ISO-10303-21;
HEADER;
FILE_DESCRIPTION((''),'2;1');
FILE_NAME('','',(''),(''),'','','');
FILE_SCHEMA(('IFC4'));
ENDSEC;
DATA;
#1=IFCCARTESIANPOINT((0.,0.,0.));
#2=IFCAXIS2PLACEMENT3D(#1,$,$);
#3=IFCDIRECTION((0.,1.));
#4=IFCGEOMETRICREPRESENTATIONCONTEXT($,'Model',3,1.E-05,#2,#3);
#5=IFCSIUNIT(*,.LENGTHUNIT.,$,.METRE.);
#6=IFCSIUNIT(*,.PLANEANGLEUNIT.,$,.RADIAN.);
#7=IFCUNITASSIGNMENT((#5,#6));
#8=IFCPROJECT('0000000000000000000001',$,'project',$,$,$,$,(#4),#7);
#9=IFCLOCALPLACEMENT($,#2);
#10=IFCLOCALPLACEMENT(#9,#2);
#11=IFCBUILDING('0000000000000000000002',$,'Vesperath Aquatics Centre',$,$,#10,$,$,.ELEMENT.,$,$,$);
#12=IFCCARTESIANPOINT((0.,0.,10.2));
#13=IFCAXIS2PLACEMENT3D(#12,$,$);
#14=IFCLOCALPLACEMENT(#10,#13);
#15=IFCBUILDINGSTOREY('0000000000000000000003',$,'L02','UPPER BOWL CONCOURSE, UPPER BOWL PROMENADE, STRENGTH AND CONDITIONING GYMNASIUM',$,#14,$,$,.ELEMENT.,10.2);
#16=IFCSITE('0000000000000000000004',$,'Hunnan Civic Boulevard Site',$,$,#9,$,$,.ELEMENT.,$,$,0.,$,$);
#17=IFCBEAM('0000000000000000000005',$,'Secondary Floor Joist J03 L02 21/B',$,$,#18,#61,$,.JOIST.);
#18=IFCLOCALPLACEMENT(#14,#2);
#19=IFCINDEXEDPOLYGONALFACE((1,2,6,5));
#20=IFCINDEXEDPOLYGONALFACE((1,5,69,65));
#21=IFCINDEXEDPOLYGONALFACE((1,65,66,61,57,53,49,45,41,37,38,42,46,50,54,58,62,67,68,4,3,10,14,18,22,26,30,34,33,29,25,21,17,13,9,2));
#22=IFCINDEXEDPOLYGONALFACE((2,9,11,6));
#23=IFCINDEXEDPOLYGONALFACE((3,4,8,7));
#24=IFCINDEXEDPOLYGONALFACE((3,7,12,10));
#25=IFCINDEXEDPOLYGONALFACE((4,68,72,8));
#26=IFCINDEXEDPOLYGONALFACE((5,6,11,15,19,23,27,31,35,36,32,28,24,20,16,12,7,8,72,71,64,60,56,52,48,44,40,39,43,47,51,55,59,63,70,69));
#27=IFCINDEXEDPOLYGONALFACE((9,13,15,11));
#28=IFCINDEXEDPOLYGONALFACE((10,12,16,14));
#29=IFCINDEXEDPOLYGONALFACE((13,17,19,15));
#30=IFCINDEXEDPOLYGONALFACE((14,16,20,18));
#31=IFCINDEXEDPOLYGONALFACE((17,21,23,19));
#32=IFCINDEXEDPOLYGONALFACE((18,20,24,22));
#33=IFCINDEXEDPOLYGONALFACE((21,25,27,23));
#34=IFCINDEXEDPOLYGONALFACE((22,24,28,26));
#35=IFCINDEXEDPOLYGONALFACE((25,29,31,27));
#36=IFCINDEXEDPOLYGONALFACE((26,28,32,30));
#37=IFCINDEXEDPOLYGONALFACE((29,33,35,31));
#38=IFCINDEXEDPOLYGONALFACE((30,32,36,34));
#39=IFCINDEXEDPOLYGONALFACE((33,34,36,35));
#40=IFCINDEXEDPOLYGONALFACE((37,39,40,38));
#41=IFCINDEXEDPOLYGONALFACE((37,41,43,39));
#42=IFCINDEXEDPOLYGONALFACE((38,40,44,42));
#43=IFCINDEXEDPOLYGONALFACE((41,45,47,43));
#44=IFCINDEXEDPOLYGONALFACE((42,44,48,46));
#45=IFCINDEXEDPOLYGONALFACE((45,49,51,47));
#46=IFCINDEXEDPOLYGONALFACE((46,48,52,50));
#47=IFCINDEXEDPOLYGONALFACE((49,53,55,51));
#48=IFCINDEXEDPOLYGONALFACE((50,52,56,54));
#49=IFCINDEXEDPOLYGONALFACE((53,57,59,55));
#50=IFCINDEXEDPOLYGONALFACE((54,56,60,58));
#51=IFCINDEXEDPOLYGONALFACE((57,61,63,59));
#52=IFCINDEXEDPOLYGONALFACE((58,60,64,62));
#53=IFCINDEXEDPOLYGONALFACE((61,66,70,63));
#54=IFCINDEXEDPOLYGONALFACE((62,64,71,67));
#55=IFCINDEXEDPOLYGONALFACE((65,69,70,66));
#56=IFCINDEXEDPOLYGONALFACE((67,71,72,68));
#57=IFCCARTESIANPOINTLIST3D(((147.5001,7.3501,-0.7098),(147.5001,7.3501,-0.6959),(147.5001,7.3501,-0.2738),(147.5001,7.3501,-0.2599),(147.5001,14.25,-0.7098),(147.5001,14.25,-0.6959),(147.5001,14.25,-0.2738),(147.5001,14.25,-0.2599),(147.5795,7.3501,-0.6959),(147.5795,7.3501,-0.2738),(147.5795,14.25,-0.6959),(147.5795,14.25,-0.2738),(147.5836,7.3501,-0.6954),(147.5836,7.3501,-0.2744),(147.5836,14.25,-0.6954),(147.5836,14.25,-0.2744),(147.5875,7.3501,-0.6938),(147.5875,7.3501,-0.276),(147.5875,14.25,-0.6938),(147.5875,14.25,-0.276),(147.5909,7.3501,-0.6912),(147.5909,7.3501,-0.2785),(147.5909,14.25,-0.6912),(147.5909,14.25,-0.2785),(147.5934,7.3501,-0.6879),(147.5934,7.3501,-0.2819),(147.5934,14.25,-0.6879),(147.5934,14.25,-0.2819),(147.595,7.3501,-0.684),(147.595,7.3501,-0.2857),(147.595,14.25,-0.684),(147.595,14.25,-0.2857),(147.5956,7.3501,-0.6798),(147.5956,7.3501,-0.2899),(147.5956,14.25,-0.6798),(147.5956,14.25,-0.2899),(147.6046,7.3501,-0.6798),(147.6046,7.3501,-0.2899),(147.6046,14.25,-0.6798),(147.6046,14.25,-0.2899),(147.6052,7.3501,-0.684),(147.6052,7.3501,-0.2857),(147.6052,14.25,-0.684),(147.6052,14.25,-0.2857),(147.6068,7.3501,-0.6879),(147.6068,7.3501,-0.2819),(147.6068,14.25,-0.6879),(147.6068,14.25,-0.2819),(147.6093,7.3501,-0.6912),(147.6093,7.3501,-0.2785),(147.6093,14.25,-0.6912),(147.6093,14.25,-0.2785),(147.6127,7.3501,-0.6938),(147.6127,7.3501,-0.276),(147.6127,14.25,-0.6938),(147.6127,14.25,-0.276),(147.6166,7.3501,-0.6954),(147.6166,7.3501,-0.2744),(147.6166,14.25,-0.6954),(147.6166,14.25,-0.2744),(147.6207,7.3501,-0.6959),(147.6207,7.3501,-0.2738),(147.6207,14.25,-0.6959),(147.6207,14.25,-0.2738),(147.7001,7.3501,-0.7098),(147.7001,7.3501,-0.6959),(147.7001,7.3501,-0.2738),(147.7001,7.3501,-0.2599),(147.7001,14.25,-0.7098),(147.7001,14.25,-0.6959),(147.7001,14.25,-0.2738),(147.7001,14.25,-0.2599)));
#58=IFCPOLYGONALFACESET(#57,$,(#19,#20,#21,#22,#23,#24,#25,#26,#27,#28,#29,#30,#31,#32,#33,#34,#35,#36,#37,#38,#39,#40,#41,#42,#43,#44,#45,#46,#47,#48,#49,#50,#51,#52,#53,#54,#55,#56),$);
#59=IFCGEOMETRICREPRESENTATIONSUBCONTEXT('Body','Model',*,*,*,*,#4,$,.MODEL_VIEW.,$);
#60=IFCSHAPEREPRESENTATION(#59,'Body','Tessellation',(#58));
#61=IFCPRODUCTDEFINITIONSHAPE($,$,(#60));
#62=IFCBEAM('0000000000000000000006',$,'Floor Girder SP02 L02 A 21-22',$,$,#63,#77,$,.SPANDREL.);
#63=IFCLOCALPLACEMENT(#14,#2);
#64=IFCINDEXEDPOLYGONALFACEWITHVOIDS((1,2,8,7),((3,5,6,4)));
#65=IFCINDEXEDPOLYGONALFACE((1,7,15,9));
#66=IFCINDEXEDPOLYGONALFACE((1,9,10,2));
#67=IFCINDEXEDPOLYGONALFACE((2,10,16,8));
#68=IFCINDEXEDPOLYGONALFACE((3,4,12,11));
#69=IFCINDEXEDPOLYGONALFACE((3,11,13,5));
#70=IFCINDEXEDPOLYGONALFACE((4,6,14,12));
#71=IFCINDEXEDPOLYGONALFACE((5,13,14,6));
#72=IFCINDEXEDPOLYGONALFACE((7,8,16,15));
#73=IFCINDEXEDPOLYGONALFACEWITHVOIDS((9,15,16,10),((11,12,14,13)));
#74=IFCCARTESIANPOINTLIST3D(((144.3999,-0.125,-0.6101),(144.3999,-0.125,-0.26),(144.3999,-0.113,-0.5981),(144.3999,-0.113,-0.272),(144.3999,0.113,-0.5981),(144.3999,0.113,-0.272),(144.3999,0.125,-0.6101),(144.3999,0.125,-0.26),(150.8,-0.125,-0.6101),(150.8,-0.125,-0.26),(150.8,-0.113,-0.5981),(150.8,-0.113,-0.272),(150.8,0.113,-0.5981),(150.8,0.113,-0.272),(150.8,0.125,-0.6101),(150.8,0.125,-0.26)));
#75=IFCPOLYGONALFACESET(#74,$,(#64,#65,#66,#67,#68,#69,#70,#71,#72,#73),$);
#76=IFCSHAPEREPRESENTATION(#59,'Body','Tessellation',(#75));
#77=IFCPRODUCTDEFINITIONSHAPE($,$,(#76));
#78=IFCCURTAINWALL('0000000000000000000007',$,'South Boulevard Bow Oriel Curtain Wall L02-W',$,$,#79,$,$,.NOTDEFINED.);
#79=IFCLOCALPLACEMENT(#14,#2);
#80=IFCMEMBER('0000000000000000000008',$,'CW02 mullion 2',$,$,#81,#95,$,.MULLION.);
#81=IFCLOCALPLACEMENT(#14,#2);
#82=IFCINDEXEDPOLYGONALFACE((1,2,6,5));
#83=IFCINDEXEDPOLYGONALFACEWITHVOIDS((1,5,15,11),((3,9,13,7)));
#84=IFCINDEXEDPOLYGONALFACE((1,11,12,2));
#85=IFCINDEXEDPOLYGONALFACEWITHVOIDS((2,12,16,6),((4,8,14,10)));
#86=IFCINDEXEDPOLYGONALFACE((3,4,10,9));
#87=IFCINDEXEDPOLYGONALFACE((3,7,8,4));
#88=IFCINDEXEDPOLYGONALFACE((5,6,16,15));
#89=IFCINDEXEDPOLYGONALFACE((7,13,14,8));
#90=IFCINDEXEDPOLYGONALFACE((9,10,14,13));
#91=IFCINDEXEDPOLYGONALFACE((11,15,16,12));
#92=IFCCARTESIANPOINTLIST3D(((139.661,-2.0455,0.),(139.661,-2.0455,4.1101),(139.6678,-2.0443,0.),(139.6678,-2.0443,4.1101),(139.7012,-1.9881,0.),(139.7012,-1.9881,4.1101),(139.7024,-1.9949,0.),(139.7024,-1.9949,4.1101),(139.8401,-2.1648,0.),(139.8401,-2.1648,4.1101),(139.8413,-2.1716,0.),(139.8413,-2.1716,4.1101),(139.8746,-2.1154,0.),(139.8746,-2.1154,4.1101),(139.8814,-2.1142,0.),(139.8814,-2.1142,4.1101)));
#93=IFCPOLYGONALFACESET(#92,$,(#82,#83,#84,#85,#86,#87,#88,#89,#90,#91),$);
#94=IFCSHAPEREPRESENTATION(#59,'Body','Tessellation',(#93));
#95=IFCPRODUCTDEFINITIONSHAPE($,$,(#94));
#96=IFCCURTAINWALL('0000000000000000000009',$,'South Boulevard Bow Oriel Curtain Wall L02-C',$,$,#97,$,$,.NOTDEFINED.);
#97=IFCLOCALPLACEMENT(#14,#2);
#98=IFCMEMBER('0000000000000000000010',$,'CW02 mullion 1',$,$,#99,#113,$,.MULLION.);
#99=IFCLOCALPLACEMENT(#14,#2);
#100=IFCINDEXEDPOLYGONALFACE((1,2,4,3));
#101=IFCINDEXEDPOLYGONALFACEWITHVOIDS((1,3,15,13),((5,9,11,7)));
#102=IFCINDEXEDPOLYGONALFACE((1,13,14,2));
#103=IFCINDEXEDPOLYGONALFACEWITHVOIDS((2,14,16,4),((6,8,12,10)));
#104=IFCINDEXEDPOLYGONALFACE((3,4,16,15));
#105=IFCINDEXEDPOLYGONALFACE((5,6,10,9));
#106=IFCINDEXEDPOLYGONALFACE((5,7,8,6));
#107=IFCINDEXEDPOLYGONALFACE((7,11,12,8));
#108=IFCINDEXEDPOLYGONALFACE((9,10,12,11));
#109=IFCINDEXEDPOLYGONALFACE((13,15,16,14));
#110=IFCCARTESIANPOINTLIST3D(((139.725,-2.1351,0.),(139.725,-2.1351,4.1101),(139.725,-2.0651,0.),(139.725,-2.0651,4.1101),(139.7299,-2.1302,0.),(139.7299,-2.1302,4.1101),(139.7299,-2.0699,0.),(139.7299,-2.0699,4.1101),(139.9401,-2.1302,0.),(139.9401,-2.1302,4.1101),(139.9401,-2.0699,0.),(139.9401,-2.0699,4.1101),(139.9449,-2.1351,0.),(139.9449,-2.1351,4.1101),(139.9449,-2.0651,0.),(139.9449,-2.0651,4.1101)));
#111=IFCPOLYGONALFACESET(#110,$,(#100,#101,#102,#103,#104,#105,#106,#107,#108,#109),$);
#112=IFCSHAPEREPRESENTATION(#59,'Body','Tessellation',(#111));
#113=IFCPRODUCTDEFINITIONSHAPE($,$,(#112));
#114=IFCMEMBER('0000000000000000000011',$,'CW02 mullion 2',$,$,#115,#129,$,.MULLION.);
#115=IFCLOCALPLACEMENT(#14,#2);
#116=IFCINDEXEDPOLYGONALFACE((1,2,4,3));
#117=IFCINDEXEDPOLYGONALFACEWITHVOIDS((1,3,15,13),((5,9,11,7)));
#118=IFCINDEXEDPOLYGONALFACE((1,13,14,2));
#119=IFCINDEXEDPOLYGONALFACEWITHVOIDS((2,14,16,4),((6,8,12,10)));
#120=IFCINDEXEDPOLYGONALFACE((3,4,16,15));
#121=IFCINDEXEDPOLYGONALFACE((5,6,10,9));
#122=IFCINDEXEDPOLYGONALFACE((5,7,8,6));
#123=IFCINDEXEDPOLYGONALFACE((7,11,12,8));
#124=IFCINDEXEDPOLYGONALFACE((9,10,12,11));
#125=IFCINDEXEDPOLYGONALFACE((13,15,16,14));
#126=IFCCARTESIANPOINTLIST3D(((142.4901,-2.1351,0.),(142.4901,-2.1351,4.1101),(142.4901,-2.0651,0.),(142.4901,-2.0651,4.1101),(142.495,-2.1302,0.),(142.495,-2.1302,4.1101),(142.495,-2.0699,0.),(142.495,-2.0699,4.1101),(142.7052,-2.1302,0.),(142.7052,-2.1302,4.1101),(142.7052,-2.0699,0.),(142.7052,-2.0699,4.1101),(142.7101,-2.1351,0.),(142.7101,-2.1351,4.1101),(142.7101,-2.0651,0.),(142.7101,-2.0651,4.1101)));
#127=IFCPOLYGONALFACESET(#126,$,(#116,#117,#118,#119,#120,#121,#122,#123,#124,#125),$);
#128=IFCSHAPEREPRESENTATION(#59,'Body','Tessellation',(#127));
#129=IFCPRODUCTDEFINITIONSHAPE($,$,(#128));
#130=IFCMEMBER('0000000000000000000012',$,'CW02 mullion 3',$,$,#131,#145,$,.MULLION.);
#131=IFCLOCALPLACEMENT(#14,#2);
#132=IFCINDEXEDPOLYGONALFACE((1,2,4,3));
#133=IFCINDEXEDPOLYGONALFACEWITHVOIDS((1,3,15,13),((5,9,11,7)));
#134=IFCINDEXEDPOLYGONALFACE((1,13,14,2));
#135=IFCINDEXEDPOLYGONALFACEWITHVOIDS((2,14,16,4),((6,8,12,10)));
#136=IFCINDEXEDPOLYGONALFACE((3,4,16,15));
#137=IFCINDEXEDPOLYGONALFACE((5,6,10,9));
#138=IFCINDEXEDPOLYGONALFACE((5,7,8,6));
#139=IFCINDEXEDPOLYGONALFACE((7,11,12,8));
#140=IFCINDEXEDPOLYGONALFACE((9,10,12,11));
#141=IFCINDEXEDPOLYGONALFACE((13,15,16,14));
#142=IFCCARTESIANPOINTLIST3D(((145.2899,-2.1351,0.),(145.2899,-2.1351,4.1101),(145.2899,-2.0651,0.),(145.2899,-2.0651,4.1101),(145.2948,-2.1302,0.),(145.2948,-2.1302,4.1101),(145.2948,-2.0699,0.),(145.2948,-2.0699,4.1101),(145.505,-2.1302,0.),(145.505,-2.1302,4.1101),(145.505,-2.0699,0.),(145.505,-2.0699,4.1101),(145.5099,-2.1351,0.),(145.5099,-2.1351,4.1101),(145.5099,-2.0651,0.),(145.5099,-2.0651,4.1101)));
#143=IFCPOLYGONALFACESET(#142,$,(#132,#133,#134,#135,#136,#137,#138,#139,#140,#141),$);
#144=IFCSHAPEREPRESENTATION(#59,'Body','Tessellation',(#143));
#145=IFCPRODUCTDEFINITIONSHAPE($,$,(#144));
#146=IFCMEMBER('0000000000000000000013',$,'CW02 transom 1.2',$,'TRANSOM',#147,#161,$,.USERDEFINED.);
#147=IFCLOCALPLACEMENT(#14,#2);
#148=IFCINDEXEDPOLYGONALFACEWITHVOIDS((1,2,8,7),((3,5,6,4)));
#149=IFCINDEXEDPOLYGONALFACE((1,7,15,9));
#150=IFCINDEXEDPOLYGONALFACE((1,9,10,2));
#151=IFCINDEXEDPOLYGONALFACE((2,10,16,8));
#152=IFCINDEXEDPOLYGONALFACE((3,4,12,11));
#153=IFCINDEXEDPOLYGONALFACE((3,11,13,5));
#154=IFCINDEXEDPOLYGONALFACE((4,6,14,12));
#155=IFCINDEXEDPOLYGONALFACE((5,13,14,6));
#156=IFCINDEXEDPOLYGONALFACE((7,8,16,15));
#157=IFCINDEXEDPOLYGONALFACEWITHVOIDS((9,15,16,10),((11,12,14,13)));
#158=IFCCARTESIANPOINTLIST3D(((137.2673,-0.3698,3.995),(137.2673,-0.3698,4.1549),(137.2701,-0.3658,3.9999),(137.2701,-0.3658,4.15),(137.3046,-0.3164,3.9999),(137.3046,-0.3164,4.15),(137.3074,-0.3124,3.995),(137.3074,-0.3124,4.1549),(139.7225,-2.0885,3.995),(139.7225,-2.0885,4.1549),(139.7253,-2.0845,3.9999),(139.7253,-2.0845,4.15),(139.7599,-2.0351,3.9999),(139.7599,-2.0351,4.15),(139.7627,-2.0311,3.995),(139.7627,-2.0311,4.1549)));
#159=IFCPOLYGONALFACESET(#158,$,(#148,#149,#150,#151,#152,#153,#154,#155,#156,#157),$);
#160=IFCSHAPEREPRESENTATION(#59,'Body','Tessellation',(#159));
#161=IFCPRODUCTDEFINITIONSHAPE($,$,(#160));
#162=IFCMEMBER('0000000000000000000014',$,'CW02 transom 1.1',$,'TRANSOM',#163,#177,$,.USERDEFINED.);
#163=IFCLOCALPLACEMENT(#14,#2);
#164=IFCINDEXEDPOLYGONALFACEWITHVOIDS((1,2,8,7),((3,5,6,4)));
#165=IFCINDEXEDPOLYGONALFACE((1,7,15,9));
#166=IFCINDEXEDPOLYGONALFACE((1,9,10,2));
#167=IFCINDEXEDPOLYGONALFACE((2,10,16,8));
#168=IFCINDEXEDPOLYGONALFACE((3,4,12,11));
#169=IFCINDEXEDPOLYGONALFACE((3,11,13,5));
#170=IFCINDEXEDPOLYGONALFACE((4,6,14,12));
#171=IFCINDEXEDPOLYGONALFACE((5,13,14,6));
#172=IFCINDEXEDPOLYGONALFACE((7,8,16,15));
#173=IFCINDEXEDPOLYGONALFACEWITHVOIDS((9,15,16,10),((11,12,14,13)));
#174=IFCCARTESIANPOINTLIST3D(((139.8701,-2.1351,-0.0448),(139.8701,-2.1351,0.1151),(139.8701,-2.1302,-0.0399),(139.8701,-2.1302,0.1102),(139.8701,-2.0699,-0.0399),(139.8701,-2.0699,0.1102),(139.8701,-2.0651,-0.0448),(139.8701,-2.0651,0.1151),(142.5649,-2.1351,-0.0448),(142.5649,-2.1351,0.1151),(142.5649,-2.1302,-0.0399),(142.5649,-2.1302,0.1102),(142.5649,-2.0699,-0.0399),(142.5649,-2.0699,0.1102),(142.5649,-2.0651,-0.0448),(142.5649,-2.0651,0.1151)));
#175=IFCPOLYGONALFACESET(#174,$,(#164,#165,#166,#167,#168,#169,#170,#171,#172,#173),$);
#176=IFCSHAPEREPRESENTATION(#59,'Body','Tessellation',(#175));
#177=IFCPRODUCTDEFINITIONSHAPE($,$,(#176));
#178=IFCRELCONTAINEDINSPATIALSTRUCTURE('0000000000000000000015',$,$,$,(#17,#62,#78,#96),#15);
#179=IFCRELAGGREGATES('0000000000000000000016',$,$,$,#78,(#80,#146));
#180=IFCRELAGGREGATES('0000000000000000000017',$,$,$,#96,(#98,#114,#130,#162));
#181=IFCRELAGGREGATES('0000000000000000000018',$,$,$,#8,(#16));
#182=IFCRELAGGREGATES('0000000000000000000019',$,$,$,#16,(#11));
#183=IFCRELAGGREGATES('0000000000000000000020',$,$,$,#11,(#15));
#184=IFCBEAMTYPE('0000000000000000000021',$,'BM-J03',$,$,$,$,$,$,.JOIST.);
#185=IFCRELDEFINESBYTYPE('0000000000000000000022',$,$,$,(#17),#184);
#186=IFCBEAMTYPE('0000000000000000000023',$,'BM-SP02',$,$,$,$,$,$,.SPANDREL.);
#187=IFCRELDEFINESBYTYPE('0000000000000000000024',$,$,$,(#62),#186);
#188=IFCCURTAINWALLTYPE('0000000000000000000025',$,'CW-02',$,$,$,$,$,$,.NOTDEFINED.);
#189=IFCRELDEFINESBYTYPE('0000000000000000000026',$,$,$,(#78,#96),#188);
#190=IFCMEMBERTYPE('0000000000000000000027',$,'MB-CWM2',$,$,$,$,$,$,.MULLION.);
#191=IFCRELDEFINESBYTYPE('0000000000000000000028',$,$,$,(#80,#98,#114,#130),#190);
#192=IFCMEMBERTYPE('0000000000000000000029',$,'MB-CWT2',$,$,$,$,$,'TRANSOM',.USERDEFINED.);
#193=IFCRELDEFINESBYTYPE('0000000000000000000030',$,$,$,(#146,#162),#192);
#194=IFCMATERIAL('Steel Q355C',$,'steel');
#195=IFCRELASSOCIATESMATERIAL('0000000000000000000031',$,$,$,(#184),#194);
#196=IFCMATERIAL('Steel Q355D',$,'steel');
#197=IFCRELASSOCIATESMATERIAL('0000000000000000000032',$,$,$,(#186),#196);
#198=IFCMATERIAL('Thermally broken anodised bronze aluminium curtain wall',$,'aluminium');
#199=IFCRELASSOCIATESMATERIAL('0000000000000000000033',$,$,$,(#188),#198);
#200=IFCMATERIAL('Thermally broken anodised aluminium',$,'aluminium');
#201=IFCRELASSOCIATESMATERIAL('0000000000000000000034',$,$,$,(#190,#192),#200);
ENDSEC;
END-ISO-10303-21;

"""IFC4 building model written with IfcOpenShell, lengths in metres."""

from ifc_helpers import new_model, si_unit, direction, frame, origin, origin_2d, place, context, subcontext, project, spatial, hollow_rectangle, i_section, extrude, material, material_profile, profile_set, type_object, element, aggregate, save


model = new_model("IFC4")

# Units and contexts
model_context = context("Model", 3, precision=1e-05, world=origin(), true_north=direction((0.0, 1.0)))
body_context = subcontext(model_context, "Body", "Model", "MODEL_VIEW")
ifc_project = project(units=[si_unit("LENGTHUNIT", "METRE"), si_unit("PLANEANGLEUNIT", "RADIAN")], contexts=[model_context])

# Site, building, storey
site_placement = place(None, origin())
site = spatial("IfcSite", under=ifc_project, at=site_placement, Name="Hunnan Civic Boulevard Site", CompositionType="ELEMENT", RefElevation=0.0)
building_placement = place(site_placement, origin())
building = spatial("IfcBuilding", under=site, at=building_placement, Name="Vesperath Aquatics Centre", CompositionType="ELEMENT")
storey_placement = place(building_placement, frame((0.0, 0.0, 10.2)))
storey = spatial("IfcBuildingStorey", under=building, at=storey_placement, Name="L02", Description="UPPER BOWL CONCOURSE, UPPER BOWL PROMENADE, STRENGTH AND CONDITIONING GYMNASIUM", CompositionType="ELEMENT", Elevation=10.2)

# Shared definitions
ifc_material_1 = material(Name="Steel Q355D", Category="steel")

# Beams
ifc_material_2 = material(Name="Steel Q355C", Category="steel")
ifc_material_profile_1 = material_profile(ifc_material_2, i_section(OverallWidth=0.2, OverallDepth=0.45, WebThickness=0.009, FlangeThickness=0.0139, FilletRadius=0.0161, at=origin_2d()), Name="HN 450x200x9x14")
ifc_profile_set_1 = profile_set([ifc_material_profile_1], Name="Steel Q355C")
beam_type_1 = type_object("IfcBeamType", Name="BM-J03", PredefinedType="JOIST", material=ifc_profile_set_1)
for number, where, z_axis, x_axis, name in (
    (1, (147.6001, 7.3501, -0.4849), (0.0, 1.0, 0.0), (-1.0, 0.0, 0.0), "Secondary Floor Joist J03 L02 21/B"),
):
    element("IfcBeam", number, at=place(storey_placement, frame(where, z_axis=z_axis, x_axis=x_axis)), inside=storey, type_object=beam_type_1, Name=name, PredefinedType="JOIST", context=body_context, shape_type="SweptSolid", body=[
        extrude(i_section(OverallWidth=0.2, OverallDepth=0.45, WebThickness=0.009, FlangeThickness=0.0139, FilletRadius=0.0161, at=origin_2d()), origin(), (0.0, 0.0, 1.0), 6.8999),
    ])
ifc_material_profile_2 = material_profile(ifc_material_1, hollow_rectangle(XDim=0.25, YDim=0.3501, WallThickness=0.012, at=origin_2d()), Name="RHS 350x250x12")
ifc_profile_set_2 = profile_set([ifc_material_profile_2], Name="Steel Q355D")
beam_type_2 = type_object("IfcBeamType", Name="BM-SP02", PredefinedType="SPANDREL", material=ifc_profile_set_2)
beam_1_placement = place(storey_placement, frame((144.3999, 0.0, -0.4351), z_axis=(1.0, 0.0, 0.0), x_axis=(0.0, 1.0, 0.0)))
element("IfcBeam", 2, at=beam_1_placement, inside=storey, type_object=beam_type_2, Name="Floor Girder SP02 L02 A 21-22", PredefinedType="SPANDREL", context=body_context, shape_type="SweptSolid", body=[
    extrude(hollow_rectangle(XDim=0.25, YDim=0.3501, WallThickness=0.012, at=origin_2d()), origin(), (0.0, 0.0, 1.0), 6.4001),
])

# Curtain wall, member
ifc_material_3 = material(Name="Thermally broken anodised bronze aluminium curtain wall", Category="aluminium")
curtain_wall_type = type_object("IfcCurtainWallType", Name="CW-02", PredefinedType="NOTDEFINED", material=ifc_material_3)
curtain_wall_1_placement = place(storey_placement, origin())
curtain_wall_1 = element("IfcCurtainWall", 3, at=curtain_wall_1_placement, inside=storey, type_object=curtain_wall_type, Name="South Boulevard Bow Oriel Curtain Wall L02-W", PredefinedType="NOTDEFINED")
ifc_material_4 = material(Name="Thermally broken anodised aluminium", Category="aluminium")
ifc_material_profile_3 = material_profile(ifc_material_4, hollow_rectangle(XDim=0.0701, YDim=0.22, WallThickness=0.0049, at=origin_2d()), Name="CWM 70x220x5")
ifc_profile_set_3 = profile_set([ifc_material_profile_3], Name="Thermally broken anodised aluminium")
member_type_1 = type_object("IfcMemberType", Name="MB-CWM2", PredefinedType="MULLION", material=ifc_profile_set_3)
member_1_placement = place(storey_placement, frame((139.7712, -2.0798, 0.0), z_axis=(0.0, 0.0, 1.0), x_axis=(0.573462, 0.819232, 0.0)))
member_1 = element("IfcMember", 4, at=member_1_placement, type_object=member_type_1, Name="CW02 mullion 2", PredefinedType="MULLION", context=body_context, shape_type="SweptSolid", body=[
    extrude(hollow_rectangle(XDim=0.0701, YDim=0.22, WallThickness=0.0049, at=origin_2d()), origin(), (0.0, 0.0, 1.0), 4.1101),
])

# Curtain wall, members
curtain_wall_2_placement = place(storey_placement, origin())
curtain_wall_2 = element("IfcCurtainWall", 5, at=curtain_wall_2_placement, inside=storey, type_object=curtain_wall_type, Name="South Boulevard Bow Oriel Curtain Wall L02-C", PredefinedType="NOTDEFINED")
member_2_placement = place(storey_placement, frame((139.835, -2.1001, 0.0), z_axis=(0.0, 0.0, 1.0), x_axis=(0.0, 1.0, 0.0)))
member_2 = element("IfcMember", 6, at=member_2_placement, type_object=member_type_1, Name="CW02 mullion 1", PredefinedType="MULLION", context=body_context, shape_type="SweptSolid", body=[
    extrude(hollow_rectangle(XDim=0.0701, YDim=0.22, WallThickness=0.0049, at=origin_2d()), origin(), (0.0, 0.0, 1.0), 4.1101),
])
member_3_placement = place(storey_placement, frame((142.6001, -2.1001, 0.0), z_axis=(0.0, 0.0, 1.0), x_axis=(0.0, 1.0, 0.0)))
member_3 = element("IfcMember", 7, at=member_3_placement, type_object=member_type_1, Name="CW02 mullion 2", PredefinedType="MULLION", context=body_context, shape_type="SweptSolid", body=[
    extrude(hollow_rectangle(XDim=0.0701, YDim=0.22, WallThickness=0.0049, at=origin_2d()), origin(), (0.0, 0.0, 1.0), 4.1101),
])
member_4_placement = place(storey_placement, frame((145.3999, -2.1001, 0.0), z_axis=(0.0, 0.0, 1.0), x_axis=(0.0, 1.0, 0.0)))
member_4 = element("IfcMember", 8, at=member_4_placement, type_object=member_type_1, Name="CW02 mullion 3", PredefinedType="MULLION", context=body_context, shape_type="SweptSolid", body=[
    extrude(hollow_rectangle(XDim=0.0701, YDim=0.22, WallThickness=0.0049, at=origin_2d()), origin(), (0.0, 0.0, 1.0), 4.1101),
])

# Members
ifc_material_profile_4 = material_profile(ifc_material_4, hollow_rectangle(XDim=0.0701, YDim=0.1599, WallThickness=0.0049, at=origin_2d()), Name="CWT 70x160x5")
ifc_profile_set_4 = profile_set([ifc_material_profile_4], Name="Thermally broken anodised aluminium")
member_type_2 = type_object("IfcMemberType", Name="MB-CWT2", ElementType="TRANSOM", PredefinedType="USERDEFINED", material=ifc_profile_set_4)
member_5_placement = place(storey_placement, frame((137.2874, -0.3411, 4.075), z_axis=(0.819228, -0.573468, 0.0), x_axis=(0.573468, 0.819228, 0.0)))
member_5 = element("IfcMember", 9, at=member_5_placement, type_object=member_type_2, Name="CW02 transom 1.2", ObjectType="TRANSOM", PredefinedType="USERDEFINED", context=body_context, shape_type="SweptSolid", body=[
    extrude(hollow_rectangle(XDim=0.0701, YDim=0.1599, WallThickness=0.0049, at=origin_2d()), origin(), (0.0, 0.0, 1.0), 2.9971),
])
member_6_placement = place(storey_placement, frame((139.8701, -2.1001, 0.0352), z_axis=(1.0, 0.0, 0.0), x_axis=(0.0, 1.0, 0.0)))
member_6 = element("IfcMember", 10, at=member_6_placement, type_object=member_type_2, Name="CW02 transom 1.1", ObjectType="TRANSOM", PredefinedType="USERDEFINED", context=body_context, shape_type="SweptSolid", body=[
    extrude(hollow_rectangle(XDim=0.0701, YDim=0.1599, WallThickness=0.0049, at=origin_2d()), origin(), (0.0, 0.0, 1.0), 2.6948),
])

aggregate(curtain_wall_1, [member_1, member_5])
aggregate(curtain_wall_2, [member_2, member_3, member_4, member_6])

save(model, "model.ifc")
